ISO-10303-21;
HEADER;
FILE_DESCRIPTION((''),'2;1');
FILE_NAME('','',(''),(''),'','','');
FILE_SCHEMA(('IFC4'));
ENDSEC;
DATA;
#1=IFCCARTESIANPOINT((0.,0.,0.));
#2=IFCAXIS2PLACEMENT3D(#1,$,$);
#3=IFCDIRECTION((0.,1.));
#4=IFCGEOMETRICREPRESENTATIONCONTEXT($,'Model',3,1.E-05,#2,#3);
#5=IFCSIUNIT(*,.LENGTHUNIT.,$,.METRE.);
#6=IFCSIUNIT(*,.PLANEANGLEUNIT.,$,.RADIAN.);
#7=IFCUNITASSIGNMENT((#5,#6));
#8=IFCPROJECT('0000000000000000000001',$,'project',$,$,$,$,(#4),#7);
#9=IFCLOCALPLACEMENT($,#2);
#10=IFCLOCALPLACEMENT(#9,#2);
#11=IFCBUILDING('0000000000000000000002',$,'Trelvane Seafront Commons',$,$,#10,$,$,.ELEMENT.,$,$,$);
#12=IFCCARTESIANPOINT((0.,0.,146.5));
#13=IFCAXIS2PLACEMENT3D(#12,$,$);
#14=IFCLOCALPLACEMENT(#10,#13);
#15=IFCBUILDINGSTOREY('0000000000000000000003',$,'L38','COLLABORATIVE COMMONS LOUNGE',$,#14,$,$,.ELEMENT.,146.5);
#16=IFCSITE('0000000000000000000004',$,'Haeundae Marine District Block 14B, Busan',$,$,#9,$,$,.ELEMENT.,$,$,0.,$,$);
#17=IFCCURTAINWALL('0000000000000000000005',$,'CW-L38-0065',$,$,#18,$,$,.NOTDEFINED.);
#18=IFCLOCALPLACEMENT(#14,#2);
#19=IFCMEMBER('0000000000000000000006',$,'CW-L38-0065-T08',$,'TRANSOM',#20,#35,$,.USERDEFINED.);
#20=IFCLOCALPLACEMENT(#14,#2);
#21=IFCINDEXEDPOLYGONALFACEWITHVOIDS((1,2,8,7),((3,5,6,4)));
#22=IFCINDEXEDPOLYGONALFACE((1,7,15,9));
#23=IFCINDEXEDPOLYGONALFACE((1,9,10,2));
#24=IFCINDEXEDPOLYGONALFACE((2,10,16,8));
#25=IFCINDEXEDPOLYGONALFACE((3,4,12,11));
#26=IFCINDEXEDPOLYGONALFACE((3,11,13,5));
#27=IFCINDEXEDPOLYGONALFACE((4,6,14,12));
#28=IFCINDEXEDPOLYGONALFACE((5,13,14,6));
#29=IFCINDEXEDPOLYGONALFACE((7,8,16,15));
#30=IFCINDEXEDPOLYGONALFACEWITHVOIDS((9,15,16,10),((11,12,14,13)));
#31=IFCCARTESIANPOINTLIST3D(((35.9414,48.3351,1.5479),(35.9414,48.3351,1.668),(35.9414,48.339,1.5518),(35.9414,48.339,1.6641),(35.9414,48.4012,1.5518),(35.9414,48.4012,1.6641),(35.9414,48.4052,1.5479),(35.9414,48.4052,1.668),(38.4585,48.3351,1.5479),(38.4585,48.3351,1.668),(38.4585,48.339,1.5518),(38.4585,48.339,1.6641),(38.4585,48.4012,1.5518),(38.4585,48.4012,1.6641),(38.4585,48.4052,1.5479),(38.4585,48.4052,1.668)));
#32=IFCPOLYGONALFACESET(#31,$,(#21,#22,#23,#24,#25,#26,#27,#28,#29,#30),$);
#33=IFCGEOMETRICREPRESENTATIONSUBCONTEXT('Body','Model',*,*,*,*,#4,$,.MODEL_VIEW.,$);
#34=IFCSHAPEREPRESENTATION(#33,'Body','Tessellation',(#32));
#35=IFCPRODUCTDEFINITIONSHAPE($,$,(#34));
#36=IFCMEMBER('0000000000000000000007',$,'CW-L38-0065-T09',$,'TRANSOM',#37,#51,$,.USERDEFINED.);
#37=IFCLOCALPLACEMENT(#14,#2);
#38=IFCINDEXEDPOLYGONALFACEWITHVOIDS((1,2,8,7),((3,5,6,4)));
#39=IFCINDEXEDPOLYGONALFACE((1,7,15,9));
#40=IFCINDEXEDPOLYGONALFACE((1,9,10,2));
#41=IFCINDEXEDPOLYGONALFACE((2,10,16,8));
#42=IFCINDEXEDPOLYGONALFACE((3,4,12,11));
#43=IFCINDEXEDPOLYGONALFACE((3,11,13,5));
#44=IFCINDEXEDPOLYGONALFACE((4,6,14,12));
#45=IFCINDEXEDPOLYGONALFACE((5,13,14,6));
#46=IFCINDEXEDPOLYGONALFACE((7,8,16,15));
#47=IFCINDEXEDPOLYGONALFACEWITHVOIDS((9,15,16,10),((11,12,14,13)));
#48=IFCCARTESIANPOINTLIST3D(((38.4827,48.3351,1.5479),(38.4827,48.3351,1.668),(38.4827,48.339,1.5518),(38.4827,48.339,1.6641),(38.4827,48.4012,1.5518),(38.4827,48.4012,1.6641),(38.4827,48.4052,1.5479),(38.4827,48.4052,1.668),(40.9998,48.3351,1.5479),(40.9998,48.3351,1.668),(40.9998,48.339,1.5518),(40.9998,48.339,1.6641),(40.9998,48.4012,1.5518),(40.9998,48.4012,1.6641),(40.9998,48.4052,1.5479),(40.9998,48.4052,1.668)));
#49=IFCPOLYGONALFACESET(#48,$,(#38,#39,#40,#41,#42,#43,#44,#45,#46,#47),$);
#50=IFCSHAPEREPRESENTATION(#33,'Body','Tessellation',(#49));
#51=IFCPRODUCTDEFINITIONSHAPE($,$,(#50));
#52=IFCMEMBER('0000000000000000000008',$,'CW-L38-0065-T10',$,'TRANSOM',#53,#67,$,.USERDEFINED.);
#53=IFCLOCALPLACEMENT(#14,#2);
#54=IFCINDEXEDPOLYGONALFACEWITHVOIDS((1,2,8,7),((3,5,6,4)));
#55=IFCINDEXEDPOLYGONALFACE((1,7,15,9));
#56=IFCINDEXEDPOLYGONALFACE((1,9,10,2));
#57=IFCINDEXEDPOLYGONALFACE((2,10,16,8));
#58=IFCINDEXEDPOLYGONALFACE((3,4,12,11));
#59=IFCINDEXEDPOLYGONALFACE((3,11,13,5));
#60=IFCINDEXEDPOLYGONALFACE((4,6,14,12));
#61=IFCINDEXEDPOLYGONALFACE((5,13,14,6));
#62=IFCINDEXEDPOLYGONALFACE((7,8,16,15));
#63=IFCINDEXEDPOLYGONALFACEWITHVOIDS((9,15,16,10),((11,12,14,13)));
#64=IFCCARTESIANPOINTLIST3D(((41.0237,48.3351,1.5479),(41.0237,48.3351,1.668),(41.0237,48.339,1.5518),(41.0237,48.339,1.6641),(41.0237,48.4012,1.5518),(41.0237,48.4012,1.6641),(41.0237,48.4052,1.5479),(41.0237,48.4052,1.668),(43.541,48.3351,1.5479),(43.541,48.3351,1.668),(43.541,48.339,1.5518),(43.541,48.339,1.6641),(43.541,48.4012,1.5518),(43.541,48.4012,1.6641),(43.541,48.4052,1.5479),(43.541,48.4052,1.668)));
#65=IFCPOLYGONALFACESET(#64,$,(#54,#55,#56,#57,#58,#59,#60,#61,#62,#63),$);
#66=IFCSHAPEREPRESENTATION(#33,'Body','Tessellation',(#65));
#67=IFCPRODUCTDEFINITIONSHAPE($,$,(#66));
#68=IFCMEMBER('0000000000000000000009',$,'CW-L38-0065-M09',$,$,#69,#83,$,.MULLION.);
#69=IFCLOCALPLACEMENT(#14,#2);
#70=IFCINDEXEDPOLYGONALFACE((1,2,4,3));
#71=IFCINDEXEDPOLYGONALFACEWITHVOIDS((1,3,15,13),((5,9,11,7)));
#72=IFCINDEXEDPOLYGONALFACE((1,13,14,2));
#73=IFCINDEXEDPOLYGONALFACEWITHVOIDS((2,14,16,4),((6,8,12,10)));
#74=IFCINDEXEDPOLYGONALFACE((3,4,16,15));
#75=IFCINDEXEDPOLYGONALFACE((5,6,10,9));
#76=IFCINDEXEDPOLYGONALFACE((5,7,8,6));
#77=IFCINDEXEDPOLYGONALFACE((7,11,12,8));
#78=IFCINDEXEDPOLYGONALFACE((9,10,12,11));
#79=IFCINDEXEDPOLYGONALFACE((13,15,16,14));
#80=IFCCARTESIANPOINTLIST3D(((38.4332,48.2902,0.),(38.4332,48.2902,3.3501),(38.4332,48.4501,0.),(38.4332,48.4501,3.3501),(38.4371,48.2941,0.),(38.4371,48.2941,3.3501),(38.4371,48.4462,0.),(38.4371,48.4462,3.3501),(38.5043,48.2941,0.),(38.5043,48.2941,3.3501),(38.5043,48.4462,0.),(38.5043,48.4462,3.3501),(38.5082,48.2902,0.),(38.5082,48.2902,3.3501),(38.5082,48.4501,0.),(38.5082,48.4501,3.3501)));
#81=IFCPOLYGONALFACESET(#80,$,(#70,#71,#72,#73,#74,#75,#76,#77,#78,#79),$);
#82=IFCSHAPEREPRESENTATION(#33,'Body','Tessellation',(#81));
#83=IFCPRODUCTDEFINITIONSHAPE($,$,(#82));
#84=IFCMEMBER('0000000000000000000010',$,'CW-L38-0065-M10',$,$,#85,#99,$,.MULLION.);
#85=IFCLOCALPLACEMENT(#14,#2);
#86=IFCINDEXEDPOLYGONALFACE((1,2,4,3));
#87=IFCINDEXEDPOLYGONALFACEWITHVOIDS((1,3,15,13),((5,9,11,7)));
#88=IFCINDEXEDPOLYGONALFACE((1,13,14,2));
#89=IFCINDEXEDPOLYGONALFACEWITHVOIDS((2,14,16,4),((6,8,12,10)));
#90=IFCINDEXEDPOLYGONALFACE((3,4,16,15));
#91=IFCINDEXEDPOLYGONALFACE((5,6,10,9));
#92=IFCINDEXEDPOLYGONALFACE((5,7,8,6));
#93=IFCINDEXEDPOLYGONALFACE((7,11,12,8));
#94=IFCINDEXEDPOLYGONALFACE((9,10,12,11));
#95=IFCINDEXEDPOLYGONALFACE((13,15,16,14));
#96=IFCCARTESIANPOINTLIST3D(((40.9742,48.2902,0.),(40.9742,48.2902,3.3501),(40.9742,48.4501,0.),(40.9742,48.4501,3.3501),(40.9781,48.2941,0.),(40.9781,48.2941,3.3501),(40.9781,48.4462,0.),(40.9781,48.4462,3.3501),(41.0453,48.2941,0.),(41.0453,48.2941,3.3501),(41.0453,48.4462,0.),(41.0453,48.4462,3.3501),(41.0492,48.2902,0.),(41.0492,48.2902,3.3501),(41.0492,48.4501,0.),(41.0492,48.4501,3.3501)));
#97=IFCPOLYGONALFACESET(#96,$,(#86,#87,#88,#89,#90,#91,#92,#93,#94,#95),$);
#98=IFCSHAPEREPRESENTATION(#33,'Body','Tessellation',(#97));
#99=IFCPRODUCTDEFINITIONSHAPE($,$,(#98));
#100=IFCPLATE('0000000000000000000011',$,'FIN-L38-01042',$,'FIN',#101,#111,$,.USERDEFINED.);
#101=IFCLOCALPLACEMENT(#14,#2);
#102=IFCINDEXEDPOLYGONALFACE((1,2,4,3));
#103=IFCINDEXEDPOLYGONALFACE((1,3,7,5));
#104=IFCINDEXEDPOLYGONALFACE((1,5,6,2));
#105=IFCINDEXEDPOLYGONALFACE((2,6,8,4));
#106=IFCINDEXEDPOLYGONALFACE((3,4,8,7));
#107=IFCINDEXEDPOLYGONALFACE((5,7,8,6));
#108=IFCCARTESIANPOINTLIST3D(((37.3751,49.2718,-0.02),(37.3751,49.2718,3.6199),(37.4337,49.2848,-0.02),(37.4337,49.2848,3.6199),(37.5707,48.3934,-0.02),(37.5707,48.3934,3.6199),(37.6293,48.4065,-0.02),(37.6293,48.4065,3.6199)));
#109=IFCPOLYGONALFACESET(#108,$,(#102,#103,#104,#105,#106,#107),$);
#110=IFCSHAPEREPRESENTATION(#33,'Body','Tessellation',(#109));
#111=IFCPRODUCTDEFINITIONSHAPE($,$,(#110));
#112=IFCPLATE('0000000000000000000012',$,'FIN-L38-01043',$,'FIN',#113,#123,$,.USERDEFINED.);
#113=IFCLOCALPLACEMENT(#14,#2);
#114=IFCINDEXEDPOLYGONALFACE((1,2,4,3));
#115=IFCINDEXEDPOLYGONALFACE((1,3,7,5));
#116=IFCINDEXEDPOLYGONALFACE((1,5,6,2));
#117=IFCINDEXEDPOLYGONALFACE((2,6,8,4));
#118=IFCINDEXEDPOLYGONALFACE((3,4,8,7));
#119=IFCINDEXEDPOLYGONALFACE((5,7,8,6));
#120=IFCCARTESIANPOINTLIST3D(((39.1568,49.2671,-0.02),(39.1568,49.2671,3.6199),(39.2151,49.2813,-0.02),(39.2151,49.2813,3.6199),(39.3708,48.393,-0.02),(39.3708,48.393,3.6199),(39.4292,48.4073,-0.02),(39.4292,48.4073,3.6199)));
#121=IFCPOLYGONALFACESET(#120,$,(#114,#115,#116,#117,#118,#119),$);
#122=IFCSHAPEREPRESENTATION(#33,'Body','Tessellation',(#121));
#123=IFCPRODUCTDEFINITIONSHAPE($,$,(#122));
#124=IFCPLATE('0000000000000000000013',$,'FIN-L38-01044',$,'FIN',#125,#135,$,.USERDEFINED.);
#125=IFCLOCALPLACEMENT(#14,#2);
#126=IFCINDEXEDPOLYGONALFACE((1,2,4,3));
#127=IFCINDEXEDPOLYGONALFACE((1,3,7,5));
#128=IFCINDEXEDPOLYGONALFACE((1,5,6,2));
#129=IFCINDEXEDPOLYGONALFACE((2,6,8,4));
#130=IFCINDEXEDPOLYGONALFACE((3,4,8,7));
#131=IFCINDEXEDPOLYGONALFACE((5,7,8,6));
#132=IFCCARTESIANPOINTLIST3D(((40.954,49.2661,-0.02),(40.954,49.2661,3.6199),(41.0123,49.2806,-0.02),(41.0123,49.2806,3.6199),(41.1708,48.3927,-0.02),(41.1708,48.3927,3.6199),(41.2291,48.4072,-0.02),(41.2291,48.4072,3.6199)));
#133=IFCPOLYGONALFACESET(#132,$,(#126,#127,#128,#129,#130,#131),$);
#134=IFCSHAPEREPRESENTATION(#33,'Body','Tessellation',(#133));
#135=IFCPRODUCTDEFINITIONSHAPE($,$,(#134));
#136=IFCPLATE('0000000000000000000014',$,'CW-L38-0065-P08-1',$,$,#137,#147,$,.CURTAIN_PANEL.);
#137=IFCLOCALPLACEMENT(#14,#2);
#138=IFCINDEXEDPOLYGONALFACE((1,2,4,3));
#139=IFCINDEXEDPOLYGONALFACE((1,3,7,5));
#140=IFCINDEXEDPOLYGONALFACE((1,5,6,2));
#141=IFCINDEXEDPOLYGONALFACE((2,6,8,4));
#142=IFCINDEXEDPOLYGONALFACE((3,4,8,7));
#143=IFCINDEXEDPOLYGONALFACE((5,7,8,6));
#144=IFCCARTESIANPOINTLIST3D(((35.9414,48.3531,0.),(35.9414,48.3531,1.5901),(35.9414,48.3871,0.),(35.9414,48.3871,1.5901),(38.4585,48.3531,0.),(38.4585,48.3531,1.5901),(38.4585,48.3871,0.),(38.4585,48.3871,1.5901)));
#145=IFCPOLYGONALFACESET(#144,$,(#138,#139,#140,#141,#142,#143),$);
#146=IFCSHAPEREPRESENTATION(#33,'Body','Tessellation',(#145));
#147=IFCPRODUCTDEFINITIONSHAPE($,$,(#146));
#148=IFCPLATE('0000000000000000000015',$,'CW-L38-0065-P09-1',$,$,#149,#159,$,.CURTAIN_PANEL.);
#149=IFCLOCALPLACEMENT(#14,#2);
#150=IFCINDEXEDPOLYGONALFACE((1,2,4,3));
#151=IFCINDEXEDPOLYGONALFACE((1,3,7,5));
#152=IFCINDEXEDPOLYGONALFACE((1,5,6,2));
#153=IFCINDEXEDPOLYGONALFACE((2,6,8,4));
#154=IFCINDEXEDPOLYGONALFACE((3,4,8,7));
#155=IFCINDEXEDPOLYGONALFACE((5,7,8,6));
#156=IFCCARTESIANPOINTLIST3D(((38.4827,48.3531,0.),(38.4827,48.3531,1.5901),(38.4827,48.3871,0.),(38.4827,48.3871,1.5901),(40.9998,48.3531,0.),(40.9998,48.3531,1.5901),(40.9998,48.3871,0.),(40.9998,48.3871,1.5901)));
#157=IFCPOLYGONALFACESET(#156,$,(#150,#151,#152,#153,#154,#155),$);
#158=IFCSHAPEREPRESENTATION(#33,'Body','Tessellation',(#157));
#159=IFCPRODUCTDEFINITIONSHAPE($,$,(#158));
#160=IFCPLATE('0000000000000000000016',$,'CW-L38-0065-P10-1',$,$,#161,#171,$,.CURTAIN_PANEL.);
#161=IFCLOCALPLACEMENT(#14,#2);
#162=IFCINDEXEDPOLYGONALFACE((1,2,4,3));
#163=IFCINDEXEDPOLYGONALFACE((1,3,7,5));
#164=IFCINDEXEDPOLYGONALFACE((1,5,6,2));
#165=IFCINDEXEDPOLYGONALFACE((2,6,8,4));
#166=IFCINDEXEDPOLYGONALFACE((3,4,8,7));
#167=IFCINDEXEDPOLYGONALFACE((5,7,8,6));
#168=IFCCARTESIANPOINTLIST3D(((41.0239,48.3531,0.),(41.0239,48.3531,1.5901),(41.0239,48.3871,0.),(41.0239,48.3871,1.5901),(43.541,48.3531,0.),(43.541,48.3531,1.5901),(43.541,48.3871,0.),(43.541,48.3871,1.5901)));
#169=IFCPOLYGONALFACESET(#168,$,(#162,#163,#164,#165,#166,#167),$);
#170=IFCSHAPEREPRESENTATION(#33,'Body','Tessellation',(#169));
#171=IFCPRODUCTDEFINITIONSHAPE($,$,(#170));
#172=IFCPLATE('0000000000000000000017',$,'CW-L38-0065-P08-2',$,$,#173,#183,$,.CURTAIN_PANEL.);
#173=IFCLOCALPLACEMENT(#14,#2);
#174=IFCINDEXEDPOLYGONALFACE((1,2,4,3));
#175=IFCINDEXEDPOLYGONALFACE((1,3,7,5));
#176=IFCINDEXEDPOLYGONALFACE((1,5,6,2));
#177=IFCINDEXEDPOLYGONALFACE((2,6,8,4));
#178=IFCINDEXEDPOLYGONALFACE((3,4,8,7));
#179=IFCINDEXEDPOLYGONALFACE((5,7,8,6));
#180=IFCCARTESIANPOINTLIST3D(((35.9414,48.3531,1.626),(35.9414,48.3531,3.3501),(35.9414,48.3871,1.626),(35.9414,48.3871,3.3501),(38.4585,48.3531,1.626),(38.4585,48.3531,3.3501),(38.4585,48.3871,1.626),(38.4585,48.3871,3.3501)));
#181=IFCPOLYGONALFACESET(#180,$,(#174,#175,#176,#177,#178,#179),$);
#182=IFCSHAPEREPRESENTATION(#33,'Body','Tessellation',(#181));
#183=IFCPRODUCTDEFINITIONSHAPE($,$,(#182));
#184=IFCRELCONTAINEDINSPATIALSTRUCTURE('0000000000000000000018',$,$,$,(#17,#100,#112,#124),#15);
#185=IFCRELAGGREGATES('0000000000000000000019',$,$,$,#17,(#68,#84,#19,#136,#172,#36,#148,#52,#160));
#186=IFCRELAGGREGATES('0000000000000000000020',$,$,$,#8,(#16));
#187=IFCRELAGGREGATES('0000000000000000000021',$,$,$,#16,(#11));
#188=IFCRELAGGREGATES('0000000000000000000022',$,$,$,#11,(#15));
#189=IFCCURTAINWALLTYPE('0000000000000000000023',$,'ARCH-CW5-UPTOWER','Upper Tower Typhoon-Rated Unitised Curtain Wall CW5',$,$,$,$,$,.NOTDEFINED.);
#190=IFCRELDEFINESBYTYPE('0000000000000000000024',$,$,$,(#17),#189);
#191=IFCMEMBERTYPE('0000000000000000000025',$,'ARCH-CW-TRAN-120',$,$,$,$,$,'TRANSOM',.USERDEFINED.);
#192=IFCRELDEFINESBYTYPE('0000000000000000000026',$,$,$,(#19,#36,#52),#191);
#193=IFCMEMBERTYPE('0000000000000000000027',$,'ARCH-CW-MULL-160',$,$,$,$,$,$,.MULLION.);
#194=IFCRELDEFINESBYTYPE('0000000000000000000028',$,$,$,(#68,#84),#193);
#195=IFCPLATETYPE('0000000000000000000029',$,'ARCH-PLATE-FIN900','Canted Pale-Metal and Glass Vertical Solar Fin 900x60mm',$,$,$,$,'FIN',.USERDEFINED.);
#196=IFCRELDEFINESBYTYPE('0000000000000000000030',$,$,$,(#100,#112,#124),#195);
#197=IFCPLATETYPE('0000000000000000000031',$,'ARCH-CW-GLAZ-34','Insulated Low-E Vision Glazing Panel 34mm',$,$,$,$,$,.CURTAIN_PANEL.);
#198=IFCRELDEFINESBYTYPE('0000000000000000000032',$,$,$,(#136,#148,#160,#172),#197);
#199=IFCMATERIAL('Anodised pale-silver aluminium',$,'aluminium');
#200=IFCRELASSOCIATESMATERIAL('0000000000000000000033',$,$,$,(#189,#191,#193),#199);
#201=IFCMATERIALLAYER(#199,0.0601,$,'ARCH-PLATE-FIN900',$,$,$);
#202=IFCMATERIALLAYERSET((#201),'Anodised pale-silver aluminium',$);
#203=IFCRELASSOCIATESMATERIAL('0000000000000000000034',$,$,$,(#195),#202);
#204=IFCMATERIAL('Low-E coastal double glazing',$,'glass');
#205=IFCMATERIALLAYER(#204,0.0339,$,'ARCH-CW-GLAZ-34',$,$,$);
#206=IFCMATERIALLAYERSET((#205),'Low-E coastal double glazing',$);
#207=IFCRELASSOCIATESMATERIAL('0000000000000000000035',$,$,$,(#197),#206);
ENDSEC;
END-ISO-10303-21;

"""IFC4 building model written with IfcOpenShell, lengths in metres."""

from ifc_helpers import new_model, si_unit, direction, frame, origin, origin_2d, place, context, subcontext, project, spatial, rectangle, hollow_rectangle, extrude, source, transform, mapped, material, layer, layer_set, material_profile, profile_set, type_object, element, aggregate, save


model = new_model("IFC4")

# Units and contexts
model_context = context("Model", 3, precision=1e-05, world=origin(), true_north=direction((0.0, 1.0)))
body_context = subcontext(model_context, "Body", "Model", "MODEL_VIEW")
ifc_project = project(units=[si_unit("LENGTHUNIT", "METRE"), si_unit("PLANEANGLEUNIT", "RADIAN")], contexts=[model_context])

# Site, building, storey
site_placement = place(None, origin())
site = spatial("IfcSite", under=ifc_project, at=site_placement, Name="Haeundae Marine District Block 14B, Busan", CompositionType="ELEMENT", RefElevation=0.0)
building_placement = place(site_placement, origin())
building = spatial("IfcBuilding", under=site, at=building_placement, Name="Trelvane Seafront Commons", CompositionType="ELEMENT")
storey_placement = place(building_placement, frame((0.0, 0.0, 146.5)))
storey = spatial("IfcBuildingStorey", under=building, at=storey_placement, Name="L38", Description="COLLABORATIVE COMMONS LOUNGE", CompositionType="ELEMENT", Elevation=146.5)

# Curtain wall, members
ifc_material_1 = material(Name="Anodised pale-silver aluminium", Category="aluminium")
curtain_wall_type = type_object("IfcCurtainWallType", Name="ARCH-CW5-UPTOWER", Description="Upper Tower Typhoon-Rated Unitised Curtain Wall CW5", PredefinedType="NOTDEFINED", material=ifc_material_1)
curtain_wall_placement = place(storey_placement, origin())
curtain_wall = element("IfcCurtainWall", 1, at=curtain_wall_placement, inside=storey, type_object=curtain_wall_type, Name="CW-L38-0065", PredefinedType="NOTDEFINED")
ifc_material_profile_1 = material_profile(ifc_material_1, hollow_rectangle(XDim=0.0701, YDim=0.1201, WallThickness=0.0039, at=origin_2d()), Name="TRAN-70x120x4")
ifc_profile_set_1 = profile_set([ifc_material_profile_1], Name="Anodised pale-silver aluminium")
member_type_1 = type_object("IfcMemberType", Name="ARCH-CW-TRAN-120", ElementType="TRANSOM", PredefinedType="USERDEFINED", material=ifc_profile_set_1)
shared_shape_1 = source(origin(), body_context, "Body", "SweptSolid", [
    extrude(hollow_rectangle(XDim=0.0701, YDim=0.1201, WallThickness=0.0039, at=origin_2d()), origin(), (0.0, 0.0, 1.0), 2.5171),
])
member_1_placement = place(storey_placement, frame((35.9414, 48.3701, 1.6079), z_axis=(1.0, 0.0, 0.0), x_axis=(0.0, 1.0, 0.0)))
member_1 = element("IfcMember", 2, at=member_1_placement, type_object=member_type_1, Name="CW-L38-0065-T08", ObjectType="TRANSOM", PredefinedType="USERDEFINED", context=body_context, shape_type="MappedRepresentation", body=[
    mapped(shared_shape_1, transform((0.0, 0.0, 0.0), x_axis=(1.0, 0.0, 0.0), y_axis=(0.0, 1.0, 0.0), z_axis=(0.0, 0.0, 1.0), scale=1.0)),
])
member_2_placement = place(storey_placement, frame((38.4827, 48.3701, 1.6079), z_axis=(1.0, 0.0, 0.0), x_axis=(0.0, 1.0, 0.0)))
member_2 = element("IfcMember", 3, at=member_2_placement, type_object=member_type_1, Name="CW-L38-0065-T09", ObjectType="TRANSOM", PredefinedType="USERDEFINED", context=body_context, shape_type="MappedRepresentation", body=[
    mapped(shared_shape_1, transform((0.0, 0.0, 0.0), x_axis=(1.0, 0.0, 0.0), y_axis=(0.0, 1.0, 0.0), z_axis=(0.0, 0.0, 1.0), scale=1.0)),
])
shared_shape_2 = source(origin(), body_context, "Body", "SweptSolid", [
    extrude(hollow_rectangle(XDim=0.0701, YDim=0.1201, WallThickness=0.0039, at=origin_2d()), origin(), (0.0, 0.0, 1.0), 2.5173),
])
member_3_placement = place(storey_placement, frame((41.0237, 48.3701, 1.6079), z_axis=(1.0, 0.0, 0.0), x_axis=(0.0, 1.0, 0.0)))
member_3 = element("IfcMember", 4, at=member_3_placement, type_object=member_type_1, Name="CW-L38-0065-T10", ObjectType="TRANSOM", PredefinedType="USERDEFINED", context=body_context, shape_type="MappedRepresentation", body=[
    mapped(shared_shape_2, transform((0.0, 0.0, 0.0), x_axis=(1.0, 0.0, 0.0), y_axis=(0.0, 1.0, 0.0), z_axis=(0.0, 0.0, 1.0), scale=1.0)),
])
ifc_material_profile_2 = material_profile(ifc_material_1, hollow_rectangle(XDim=0.075, YDim=0.1599, WallThickness=0.0039, at=origin_2d()), Name="MULL-75x160x4")
ifc_profile_set_2 = profile_set([ifc_material_profile_2], Name="Anodised pale-silver aluminium")
member_type_2 = type_object("IfcMemberType", Name="ARCH-CW-MULL-160", PredefinedType="MULLION", material=ifc_profile_set_2)
shared_shape_3 = source(origin(), body_context, "Body", "SweptSolid", [
    extrude(hollow_rectangle(XDim=0.075, YDim=0.1599, WallThickness=0.0039, at=origin_2d()), origin(), (0.0, 0.0, 1.0), 3.3501),
])
member_4_placement = place(storey_placement, frame((38.4707, 48.3701, 0.0), z_axis=(0.0, 0.0, 1.0), x_axis=(1.0, 0.0, 0.0)))
member_4 = element("IfcMember", 5, at=member_4_placement, type_object=member_type_2, Name="CW-L38-0065-M09", PredefinedType="MULLION", context=body_context, shape_type="MappedRepresentation", body=[
    mapped(shared_shape_3, transform((0.0, 0.0, 0.0), x_axis=(1.0, 0.0, 0.0), y_axis=(0.0, 1.0, 0.0), z_axis=(0.0, 0.0, 1.0), scale=1.0)),
])
member_5_placement = place(storey_placement, frame((41.0117, 48.3701, 0.0), z_axis=(0.0, 0.0, 1.0), x_axis=(1.0, 0.0, 0.0)))
member_5 = element("IfcMember", 6, at=member_5_placement, type_object=member_type_2, Name="CW-L38-0065-M10", PredefinedType="MULLION", context=body_context, shape_type="MappedRepresentation", body=[
    mapped(shared_shape_3, transform((0.0, 0.0, 0.0), x_axis=(1.0, 0.0, 0.0), y_axis=(0.0, 1.0, 0.0), z_axis=(0.0, 0.0, 1.0), scale=1.0)),
])

# Plates
ifc_layer_1 = layer(ifc_material_1, 0.0601, Name="ARCH-PLATE-FIN900")
ifc_layer_set_1 = layer_set([ifc_layer_1], Name="Anodised pale-silver aluminium")
plate_type_1 = type_object("IfcPlateType", Name="ARCH-PLATE-FIN900", Description="Canted Pale-Metal and Glass Vertical Solar Fin 900x60mm", ElementType="FIN", PredefinedType="USERDEFINED", material=ifc_layer_set_1)
shared_shape_4 = source(origin(), body_context, "Body", "SweptSolid", [
    extrude(rectangle(XDim=0.8999, YDim=0.0601, at=origin_2d()), origin(), (0.0, 0.0, 1.0), 3.6399),
])
for number, where, z_axis, x_axis, name in (
    (7, (37.5022, 48.8391, -0.02), (0.0, 0.0, 1.0), (-0.217436, 0.976075, 0.0), "FIN-L38-01042"),
    (8, (39.293, 48.8372, -0.02), (0.0, 0.0, 1.0), (-0.237879, 0.971295, 0.0), "FIN-L38-01043"),
    (9, (41.0916, 48.8367, -0.02), (0.0, 0.0, 1.0), (-0.240992, 0.970527, 0.0), "FIN-L38-01044"),
):
    element("IfcPlate", number, at=place(storey_placement, frame(where, z_axis=z_axis, x_axis=x_axis)), inside=storey, type_object=plate_type_1, Name=name, ObjectType="FIN", PredefinedType="USERDEFINED", context=body_context, shape_type="MappedRepresentation", body=[
        mapped(shared_shape_4, transform((0.0, 0.0, 0.0), x_axis=(1.0, 0.0, 0.0), y_axis=(0.0, 1.0, 0.0), z_axis=(0.0, 0.0, 1.0), scale=1.0)),
    ])

# Plates
ifc_material_2 = material(Name="Low-E coastal double glazing", Category="glass")
ifc_layer_2 = layer(ifc_material_2, 0.0339, Name="ARCH-CW-GLAZ-34")
ifc_layer_set_2 = layer_set([ifc_layer_2], Name="Low-E coastal double glazing")
plate_type_2 = type_object("IfcPlateType", Name="ARCH-CW-GLAZ-34", Description="Insulated Low-E Vision Glazing Panel 34mm", PredefinedType="CURTAIN_PANEL", material=ifc_layer_set_2)
shared_shape_5 = source(origin(), body_context, "Body", "SweptSolid", [
    extrude(rectangle(XDim=2.5171, YDim=0.0339, at=origin_2d()), origin(), (0.0, 0.0, 1.0), 1.5901),
])
plate_1_placement = place(storey_placement, frame((37.2, 48.3701, 0.0), z_axis=(0.0, 0.0, 1.0), x_axis=(1.0, 0.0, 0.0)))
plate_1 = element("IfcPlate", 10, at=plate_1_placement, type_object=plate_type_2, Name="CW-L38-0065-P08-1", PredefinedType="CURTAIN_PANEL", context=body_context, shape_type="MappedRepresentation", body=[
    mapped(shared_shape_5, transform((0.0, 0.0, 0.0), x_axis=(1.0, 0.0, 0.0), y_axis=(0.0, 1.0, 0.0), z_axis=(0.0, 0.0, 1.0), scale=1.0)),
])
plate_2_placement = place(storey_placement, frame((39.7412, 48.3701, 0.0), z_axis=(0.0, 0.0, 1.0), x_axis=(1.0, 0.0, 0.0)))
plate_2 = element("IfcPlate", 11, at=plate_2_placement, type_object=plate_type_2, Name="CW-L38-0065-P09-1", PredefinedType="CURTAIN_PANEL", context=body_context, shape_type="MappedRepresentation", body=[
    mapped(shared_shape_5, transform((0.0, 0.0, 0.0), x_axis=(1.0, 0.0, 0.0), y_axis=(0.0, 1.0, 0.0), z_axis=(0.0, 0.0, 1.0), scale=1.0)),
])
plate_3_placement = place(storey_placement, frame((42.2825, 48.3701, 0.0), z_axis=(0.0, 0.0, 1.0), x_axis=(1.0, 0.0, 0.0)))
plate_3 = element("IfcPlate", 12, at=plate_3_placement, type_object=plate_type_2, Name="CW-L38-0065-P10-1", PredefinedType="CURTAIN_PANEL", context=body_context, shape_type="MappedRepresentation", body=[
    mapped(shared_shape_5, transform((0.0, 0.0, 0.0), x_axis=(1.0, 0.0, 0.0), y_axis=(0.0, 1.0, 0.0), z_axis=(0.0, 0.0, 1.0), scale=1.0)),
])
shared_shape_6 = source(origin(), body_context, "Body", "SweptSolid", [
    extrude(rectangle(XDim=2.5171, YDim=0.0339, at=origin_2d()), origin(), (0.0, 0.0, 1.0), 1.7241),
])
plate_4_placement = place(storey_placement, frame((37.2, 48.3701, 1.626), z_axis=(0.0, 0.0, 1.0), x_axis=(1.0, 0.0, 0.0)))
plate_4 = element("IfcPlate", 13, at=plate_4_placement, type_object=plate_type_2, Name="CW-L38-0065-P08-2", PredefinedType="CURTAIN_PANEL", context=body_context, shape_type="MappedRepresentation", body=[
    mapped(shared_shape_6, transform((0.0, 0.0, 0.0), x_axis=(1.0, 0.0, 0.0), y_axis=(0.0, 1.0, 0.0), z_axis=(0.0, 0.0, 1.0), scale=1.0)),
])
aggregate(curtain_wall, [member_4, member_5, member_1, plate_1, plate_4, member_2, plate_2, member_3, plate_3])

save(model, "model.ifc")
